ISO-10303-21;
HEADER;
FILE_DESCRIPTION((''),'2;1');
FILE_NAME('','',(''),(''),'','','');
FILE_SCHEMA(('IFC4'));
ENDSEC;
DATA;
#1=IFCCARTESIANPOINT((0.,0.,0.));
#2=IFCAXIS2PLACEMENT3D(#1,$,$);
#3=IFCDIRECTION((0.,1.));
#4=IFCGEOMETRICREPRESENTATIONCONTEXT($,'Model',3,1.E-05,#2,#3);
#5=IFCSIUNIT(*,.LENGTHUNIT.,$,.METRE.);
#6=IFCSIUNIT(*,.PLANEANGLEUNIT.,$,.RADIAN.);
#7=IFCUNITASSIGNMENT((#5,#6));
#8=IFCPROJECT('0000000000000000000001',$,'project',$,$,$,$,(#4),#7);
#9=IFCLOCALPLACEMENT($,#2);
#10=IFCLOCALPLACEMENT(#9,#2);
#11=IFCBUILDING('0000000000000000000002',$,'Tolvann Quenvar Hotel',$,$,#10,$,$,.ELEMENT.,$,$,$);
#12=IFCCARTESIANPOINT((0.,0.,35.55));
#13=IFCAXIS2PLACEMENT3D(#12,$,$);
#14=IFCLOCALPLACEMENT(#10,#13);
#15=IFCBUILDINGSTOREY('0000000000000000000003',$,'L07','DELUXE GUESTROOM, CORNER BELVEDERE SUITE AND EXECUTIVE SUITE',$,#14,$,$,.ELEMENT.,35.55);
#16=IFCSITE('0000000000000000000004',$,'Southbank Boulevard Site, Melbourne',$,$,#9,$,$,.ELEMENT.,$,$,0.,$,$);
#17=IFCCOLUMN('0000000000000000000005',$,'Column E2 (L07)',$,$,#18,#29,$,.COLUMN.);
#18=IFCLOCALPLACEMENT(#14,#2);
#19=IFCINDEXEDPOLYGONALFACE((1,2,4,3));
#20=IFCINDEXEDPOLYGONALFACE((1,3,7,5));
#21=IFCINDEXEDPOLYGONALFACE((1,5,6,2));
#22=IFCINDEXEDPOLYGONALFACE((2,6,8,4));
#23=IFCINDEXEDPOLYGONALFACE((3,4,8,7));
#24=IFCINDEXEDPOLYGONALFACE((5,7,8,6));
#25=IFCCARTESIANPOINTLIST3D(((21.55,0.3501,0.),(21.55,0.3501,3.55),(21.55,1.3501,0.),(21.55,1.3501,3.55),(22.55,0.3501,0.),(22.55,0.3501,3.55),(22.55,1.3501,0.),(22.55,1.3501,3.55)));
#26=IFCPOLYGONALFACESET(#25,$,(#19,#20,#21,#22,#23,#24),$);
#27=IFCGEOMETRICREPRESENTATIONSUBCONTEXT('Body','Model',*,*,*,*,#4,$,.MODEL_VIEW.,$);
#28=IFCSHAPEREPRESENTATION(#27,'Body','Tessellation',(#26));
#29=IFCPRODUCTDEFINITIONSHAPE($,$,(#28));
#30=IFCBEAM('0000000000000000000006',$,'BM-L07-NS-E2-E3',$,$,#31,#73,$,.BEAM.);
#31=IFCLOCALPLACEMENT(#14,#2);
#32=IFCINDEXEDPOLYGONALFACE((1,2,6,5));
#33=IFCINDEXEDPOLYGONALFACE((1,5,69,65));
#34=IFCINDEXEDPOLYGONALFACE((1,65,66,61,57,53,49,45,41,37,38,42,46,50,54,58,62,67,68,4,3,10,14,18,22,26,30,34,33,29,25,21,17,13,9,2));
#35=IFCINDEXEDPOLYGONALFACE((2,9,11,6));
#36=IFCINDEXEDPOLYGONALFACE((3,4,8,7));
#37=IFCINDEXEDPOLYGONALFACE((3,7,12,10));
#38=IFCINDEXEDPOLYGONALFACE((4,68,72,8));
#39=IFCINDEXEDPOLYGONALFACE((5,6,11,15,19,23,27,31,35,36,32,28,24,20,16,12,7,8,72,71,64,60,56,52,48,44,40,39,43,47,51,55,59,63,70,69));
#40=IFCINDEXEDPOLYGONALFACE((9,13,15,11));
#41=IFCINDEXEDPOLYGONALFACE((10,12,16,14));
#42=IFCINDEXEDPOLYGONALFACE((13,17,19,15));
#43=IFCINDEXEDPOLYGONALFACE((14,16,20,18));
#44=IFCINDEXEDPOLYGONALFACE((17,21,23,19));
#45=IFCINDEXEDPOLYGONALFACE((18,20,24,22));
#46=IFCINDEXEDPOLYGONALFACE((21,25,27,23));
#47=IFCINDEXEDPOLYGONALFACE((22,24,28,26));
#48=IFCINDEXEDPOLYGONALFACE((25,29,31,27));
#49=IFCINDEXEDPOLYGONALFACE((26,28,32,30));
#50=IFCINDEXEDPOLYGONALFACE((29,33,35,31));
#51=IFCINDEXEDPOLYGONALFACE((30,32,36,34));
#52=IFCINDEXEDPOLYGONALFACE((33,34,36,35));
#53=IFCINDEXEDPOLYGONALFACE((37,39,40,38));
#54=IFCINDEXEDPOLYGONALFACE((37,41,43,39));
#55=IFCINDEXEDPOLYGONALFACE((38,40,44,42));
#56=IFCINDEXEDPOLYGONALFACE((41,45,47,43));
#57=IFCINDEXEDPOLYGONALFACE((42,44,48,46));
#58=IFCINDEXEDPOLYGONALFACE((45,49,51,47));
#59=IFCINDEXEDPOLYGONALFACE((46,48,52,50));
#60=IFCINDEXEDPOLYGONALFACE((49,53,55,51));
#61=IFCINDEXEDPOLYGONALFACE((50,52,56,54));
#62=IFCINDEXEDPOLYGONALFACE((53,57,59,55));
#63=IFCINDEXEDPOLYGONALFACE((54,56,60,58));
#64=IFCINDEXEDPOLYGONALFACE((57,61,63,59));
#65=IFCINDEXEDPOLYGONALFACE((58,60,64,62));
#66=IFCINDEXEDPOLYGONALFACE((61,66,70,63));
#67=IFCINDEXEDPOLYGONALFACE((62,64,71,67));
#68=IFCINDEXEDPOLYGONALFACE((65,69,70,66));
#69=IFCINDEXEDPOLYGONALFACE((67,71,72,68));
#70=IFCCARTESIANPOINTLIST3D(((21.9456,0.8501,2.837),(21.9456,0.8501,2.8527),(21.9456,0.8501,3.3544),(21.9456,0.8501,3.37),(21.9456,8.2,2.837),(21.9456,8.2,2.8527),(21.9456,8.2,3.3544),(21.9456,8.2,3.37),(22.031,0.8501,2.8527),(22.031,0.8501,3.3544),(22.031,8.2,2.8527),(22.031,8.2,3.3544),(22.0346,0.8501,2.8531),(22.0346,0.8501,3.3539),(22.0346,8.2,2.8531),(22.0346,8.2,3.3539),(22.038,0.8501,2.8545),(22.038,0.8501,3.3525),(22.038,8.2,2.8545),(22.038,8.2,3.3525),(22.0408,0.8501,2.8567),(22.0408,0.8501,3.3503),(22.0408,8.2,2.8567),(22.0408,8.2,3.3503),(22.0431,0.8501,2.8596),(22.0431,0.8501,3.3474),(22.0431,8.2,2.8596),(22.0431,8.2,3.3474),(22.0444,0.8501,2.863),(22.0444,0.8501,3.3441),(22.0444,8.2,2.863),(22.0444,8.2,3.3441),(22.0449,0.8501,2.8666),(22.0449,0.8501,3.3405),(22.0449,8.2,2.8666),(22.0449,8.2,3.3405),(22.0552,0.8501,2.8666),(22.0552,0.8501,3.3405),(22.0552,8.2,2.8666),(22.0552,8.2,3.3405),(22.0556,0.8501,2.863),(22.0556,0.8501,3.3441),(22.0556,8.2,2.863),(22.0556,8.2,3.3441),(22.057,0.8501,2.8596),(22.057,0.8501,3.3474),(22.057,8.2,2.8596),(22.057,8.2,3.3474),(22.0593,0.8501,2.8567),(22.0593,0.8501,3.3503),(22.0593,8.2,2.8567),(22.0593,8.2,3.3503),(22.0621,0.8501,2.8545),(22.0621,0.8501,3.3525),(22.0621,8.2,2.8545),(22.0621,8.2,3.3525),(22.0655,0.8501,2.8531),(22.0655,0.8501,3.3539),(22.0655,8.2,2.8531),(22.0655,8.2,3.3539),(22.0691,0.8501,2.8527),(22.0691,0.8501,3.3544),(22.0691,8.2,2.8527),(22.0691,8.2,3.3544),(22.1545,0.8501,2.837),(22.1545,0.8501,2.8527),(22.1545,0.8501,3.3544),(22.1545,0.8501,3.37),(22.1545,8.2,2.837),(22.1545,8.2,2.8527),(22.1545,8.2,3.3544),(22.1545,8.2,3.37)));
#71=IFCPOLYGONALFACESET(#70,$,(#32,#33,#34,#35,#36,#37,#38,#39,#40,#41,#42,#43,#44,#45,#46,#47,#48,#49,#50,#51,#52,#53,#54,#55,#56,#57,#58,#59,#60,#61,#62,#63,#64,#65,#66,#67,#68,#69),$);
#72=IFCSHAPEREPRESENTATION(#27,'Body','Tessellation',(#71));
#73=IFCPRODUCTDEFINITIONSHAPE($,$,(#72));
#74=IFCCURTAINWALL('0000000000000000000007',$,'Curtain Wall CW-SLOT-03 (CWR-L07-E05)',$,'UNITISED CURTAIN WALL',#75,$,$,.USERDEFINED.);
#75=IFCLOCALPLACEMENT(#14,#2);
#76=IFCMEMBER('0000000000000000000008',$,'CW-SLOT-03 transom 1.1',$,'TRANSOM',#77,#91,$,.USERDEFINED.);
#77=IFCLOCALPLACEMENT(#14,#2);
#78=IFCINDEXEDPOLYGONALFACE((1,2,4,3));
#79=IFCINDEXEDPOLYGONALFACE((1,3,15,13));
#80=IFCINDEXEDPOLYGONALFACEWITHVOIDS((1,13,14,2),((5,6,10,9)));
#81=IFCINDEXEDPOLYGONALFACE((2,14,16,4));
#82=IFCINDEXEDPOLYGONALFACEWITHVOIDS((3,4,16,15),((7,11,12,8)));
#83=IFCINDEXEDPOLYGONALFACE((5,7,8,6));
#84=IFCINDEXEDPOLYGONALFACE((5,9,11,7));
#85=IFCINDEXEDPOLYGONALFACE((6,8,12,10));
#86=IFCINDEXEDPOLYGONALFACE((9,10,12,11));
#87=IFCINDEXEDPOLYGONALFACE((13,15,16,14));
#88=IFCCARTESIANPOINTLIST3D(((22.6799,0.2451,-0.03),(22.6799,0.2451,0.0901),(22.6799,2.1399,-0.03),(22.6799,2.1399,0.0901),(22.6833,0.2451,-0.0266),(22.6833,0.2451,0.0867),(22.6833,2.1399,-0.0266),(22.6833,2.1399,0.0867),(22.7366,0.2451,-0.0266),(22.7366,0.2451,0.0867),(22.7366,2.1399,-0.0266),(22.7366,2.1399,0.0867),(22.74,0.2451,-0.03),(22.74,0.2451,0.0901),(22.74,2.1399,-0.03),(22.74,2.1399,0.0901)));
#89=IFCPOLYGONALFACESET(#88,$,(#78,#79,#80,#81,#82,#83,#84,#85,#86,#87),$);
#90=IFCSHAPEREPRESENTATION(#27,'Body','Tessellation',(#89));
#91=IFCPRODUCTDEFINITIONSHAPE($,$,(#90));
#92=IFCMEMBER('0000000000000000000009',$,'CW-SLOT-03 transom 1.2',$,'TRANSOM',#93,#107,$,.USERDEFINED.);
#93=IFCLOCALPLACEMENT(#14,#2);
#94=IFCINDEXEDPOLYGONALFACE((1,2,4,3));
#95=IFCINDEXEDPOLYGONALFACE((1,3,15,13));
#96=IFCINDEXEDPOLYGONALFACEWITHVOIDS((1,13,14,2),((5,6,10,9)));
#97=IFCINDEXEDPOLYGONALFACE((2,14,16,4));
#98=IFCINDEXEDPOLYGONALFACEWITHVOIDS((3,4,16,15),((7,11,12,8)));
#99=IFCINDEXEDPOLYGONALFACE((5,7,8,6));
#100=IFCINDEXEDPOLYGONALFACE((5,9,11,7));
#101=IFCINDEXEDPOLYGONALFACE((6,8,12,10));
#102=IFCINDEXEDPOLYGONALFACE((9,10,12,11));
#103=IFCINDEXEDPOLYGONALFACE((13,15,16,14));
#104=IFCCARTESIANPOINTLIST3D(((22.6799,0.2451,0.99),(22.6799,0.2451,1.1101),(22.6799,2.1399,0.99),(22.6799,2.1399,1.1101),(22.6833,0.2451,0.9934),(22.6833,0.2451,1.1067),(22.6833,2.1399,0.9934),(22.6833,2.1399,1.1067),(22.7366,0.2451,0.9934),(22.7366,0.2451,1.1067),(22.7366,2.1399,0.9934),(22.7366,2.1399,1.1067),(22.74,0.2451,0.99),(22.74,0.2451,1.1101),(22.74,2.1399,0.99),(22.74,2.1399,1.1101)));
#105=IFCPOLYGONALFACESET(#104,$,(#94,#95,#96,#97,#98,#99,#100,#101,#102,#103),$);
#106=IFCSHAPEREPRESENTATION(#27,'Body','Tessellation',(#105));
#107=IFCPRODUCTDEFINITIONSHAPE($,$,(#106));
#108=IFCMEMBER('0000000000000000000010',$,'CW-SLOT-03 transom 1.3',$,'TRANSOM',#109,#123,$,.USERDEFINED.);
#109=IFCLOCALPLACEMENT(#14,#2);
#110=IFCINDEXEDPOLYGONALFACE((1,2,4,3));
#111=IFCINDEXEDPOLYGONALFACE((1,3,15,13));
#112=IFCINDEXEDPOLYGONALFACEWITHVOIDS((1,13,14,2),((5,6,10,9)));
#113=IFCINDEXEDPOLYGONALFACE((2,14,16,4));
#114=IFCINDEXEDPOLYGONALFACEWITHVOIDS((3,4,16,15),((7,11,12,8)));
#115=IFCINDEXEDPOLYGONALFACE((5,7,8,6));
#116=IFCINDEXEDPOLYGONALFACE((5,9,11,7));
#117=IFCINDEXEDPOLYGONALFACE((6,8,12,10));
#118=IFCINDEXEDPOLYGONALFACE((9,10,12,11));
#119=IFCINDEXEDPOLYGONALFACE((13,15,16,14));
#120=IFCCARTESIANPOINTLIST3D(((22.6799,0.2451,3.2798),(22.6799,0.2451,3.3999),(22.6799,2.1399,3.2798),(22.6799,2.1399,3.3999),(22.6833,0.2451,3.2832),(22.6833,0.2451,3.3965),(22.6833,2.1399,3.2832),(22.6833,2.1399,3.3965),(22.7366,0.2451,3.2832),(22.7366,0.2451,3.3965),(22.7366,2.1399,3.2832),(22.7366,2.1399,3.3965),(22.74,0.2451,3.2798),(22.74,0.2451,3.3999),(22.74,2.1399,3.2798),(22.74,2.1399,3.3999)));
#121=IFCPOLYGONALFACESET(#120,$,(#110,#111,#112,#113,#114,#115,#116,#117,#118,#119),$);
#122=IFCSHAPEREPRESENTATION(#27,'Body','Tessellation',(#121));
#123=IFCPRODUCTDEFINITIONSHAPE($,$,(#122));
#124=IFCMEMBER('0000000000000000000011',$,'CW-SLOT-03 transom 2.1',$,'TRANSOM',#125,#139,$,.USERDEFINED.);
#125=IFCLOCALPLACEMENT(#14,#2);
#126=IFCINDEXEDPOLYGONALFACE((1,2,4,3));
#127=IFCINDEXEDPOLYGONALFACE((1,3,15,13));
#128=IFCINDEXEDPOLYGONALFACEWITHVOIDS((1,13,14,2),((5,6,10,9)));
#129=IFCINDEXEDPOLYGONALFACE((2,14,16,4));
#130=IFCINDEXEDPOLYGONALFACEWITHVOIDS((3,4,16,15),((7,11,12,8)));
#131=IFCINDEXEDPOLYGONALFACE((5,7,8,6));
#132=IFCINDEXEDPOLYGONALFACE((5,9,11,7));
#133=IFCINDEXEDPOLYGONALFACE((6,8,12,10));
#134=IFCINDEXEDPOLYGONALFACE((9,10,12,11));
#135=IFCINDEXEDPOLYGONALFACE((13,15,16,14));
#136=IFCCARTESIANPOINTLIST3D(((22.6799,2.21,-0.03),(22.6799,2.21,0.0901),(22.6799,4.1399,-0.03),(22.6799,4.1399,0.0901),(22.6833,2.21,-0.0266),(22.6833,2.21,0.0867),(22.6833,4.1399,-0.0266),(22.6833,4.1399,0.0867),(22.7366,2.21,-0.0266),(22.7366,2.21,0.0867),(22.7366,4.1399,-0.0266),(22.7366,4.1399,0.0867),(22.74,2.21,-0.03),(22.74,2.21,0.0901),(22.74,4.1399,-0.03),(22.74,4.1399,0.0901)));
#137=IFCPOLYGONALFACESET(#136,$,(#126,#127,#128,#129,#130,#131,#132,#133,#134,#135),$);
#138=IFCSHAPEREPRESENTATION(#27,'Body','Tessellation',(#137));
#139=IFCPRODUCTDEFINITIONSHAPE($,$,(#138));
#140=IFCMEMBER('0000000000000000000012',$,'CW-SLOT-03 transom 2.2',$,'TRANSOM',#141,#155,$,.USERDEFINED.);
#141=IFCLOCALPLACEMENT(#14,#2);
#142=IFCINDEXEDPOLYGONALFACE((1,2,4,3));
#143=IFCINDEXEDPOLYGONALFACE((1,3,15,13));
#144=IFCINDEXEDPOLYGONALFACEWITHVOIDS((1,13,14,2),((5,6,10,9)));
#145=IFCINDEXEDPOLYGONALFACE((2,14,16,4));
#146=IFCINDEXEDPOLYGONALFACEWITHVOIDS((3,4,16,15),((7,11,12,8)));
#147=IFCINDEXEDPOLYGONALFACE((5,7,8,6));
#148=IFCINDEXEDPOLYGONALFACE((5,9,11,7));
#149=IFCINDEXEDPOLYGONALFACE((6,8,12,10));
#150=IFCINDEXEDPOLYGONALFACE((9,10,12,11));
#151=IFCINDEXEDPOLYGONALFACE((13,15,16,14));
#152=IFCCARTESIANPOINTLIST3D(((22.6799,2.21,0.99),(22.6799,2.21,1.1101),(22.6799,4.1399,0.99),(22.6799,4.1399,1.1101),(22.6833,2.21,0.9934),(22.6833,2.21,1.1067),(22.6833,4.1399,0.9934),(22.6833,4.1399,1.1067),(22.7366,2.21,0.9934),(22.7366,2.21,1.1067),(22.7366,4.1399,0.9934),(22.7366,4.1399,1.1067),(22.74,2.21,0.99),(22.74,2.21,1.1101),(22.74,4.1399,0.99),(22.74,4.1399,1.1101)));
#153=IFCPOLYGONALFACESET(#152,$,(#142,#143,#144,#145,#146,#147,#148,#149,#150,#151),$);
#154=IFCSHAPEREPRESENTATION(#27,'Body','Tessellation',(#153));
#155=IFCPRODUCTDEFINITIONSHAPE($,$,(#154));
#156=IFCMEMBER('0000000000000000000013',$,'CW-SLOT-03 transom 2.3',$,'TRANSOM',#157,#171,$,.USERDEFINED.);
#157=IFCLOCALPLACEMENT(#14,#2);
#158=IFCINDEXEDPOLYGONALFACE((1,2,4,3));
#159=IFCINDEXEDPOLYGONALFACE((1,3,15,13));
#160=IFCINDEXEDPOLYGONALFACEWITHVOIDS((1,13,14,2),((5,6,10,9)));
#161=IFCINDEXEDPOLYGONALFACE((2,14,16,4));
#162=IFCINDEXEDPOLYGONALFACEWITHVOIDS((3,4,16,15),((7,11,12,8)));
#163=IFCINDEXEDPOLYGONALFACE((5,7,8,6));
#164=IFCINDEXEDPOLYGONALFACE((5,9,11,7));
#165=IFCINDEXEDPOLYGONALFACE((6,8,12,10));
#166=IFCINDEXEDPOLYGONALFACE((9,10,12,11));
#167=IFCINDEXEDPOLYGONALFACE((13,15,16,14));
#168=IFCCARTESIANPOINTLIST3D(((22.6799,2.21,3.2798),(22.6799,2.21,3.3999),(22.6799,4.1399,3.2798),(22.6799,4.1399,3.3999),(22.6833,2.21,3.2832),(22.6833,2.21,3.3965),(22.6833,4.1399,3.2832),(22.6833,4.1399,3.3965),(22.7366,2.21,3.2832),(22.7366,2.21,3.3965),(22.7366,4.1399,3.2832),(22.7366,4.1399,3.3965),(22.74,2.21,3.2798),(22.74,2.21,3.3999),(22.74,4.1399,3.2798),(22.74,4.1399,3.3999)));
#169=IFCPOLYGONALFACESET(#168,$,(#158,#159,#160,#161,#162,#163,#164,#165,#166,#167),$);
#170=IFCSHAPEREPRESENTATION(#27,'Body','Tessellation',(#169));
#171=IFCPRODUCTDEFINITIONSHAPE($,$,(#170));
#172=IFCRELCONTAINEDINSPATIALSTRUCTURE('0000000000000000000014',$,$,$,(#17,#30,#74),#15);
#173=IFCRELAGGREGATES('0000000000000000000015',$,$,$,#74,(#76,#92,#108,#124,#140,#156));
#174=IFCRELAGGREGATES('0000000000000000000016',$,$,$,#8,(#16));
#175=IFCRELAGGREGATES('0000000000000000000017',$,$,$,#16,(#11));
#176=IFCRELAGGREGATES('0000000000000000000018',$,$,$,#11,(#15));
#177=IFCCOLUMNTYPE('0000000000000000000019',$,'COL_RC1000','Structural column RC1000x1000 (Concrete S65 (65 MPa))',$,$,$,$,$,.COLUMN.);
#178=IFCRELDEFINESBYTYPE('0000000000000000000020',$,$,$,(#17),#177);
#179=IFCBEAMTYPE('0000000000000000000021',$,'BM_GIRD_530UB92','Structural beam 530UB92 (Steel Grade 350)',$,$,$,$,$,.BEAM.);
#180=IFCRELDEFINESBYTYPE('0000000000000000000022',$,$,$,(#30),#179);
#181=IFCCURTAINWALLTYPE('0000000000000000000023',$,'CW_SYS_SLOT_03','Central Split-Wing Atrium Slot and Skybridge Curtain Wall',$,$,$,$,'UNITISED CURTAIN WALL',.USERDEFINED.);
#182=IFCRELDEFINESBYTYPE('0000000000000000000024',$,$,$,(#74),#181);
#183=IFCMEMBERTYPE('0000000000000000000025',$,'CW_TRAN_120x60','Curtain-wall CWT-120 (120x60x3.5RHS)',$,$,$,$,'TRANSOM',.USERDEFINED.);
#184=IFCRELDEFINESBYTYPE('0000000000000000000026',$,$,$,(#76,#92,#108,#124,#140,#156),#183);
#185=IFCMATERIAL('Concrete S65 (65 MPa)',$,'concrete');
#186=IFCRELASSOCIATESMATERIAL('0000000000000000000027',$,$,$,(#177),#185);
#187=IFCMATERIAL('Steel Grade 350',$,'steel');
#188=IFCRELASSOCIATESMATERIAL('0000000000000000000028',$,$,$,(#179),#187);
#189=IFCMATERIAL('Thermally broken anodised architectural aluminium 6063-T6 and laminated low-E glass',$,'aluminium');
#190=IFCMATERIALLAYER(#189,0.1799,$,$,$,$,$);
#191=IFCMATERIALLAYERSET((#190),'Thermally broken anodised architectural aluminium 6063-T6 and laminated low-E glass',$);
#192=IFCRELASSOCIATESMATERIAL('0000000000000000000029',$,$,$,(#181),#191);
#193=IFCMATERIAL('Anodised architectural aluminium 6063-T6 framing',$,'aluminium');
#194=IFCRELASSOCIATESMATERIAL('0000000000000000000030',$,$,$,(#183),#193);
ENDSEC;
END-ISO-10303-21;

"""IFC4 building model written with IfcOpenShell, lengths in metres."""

from ifc_helpers import new_model, si_unit, direction, frame, origin, origin_2d, place, context, subcontext, project, spatial, rectangle, hollow_rectangle, i_section, extrude, source, transform, mapped, material, layer, layer_set, material_profile, profile_set, type_object, type_shapes, element, aggregate, save


model = new_model("IFC4")

# Units and contexts
model_context = context("Model", 3, precision=1e-05, world=origin(), true_north=direction((0.0, 1.0)))
body_context = subcontext(model_context, "Body", "Model", "MODEL_VIEW")
ifc_project = project(units=[si_unit("LENGTHUNIT", "METRE"), si_unit("PLANEANGLEUNIT", "RADIAN")], contexts=[model_context])

# Site, building, storey
site_placement = place(None, origin())
site = spatial("IfcSite", under=ifc_project, at=site_placement, Name="Southbank Boulevard Site, Melbourne", CompositionType="ELEMENT", RefElevation=0.0)
building_placement = place(site_placement, origin())
building = spatial("IfcBuilding", under=site, at=building_placement, Name="Tolvann Quenvar Hotel", CompositionType="ELEMENT")
storey_placement = place(building_placement, frame((0.0, 0.0, 35.55)))
storey = spatial("IfcBuildingStorey", under=building, at=storey_placement, Name="L07", Description="DELUXE GUESTROOM, CORNER BELVEDERE SUITE AND EXECUTIVE SUITE", CompositionType="ELEMENT", Elevation=35.55)

# Column
ifc_material_1 = material(Name="Concrete S65 (65 MPa)", Category="concrete")
ifc_material_profile_1 = material_profile(ifc_material_1, rectangle(XDim=1.0, YDim=1.0, at=origin_2d()), Name="RC1000x1000")
ifc_profile_set_1 = profile_set([ifc_material_profile_1], Name="Concrete S65 (65 MPa)")
column_type = type_object("IfcColumnType", Name="COL_RC1000", Description="Structural column RC1000x1000 (Concrete S65 (65 MPa))", PredefinedType="COLUMN", material=ifc_profile_set_1)
shared_shape_1 = source(origin(), body_context, "Body", "SweptSolid", [
    extrude(rectangle(XDim=1.0, YDim=1.0, at=origin_2d()), origin(), (0.0, 0.0, 1.0), 3.55),
])
type_shapes(column_type, [shared_shape_1])
column_placement = place(storey_placement, frame((22.05, 0.8501, 0.0), z_axis=(0.0, 0.0, 1.0), x_axis=(1.0, 0.0, 0.0)))
element("IfcColumn", 1, at=column_placement, inside=storey, type_object=column_type, Name="Column E2 (L07)", PredefinedType="COLUMN", context=body_context, shape_type="MappedRepresentation", body=[
    mapped(shared_shape_1, transform((0.0, 0.0, 0.0), x_axis=(1.0, 0.0, 0.0), y_axis=(0.0, 1.0, 0.0), z_axis=(0.0, 0.0, 1.0), scale=1.0)),
])

# Beam
ifc_material_2 = material(Name="Steel Grade 350", Category="steel")
ifc_material_profile_2 = material_profile(ifc_material_2, i_section(OverallWidth=0.209, OverallDepth=0.533, WebThickness=0.0103, FlangeThickness=0.0156, FilletRadius=0.0139, at=origin_2d()), Name="530UB92")
ifc_profile_set_2 = profile_set([ifc_material_profile_2], Name="Steel Grade 350")
beam_type = type_object("IfcBeamType", Name="BM_GIRD_530UB92", Description="Structural beam 530UB92 (Steel Grade 350)", PredefinedType="BEAM", material=ifc_profile_set_2)
shared_shape_2 = source(origin(), body_context, "Body", "SweptSolid", [
    extrude(i_section(OverallWidth=0.209, OverallDepth=0.533, WebThickness=0.0103, FlangeThickness=0.0156, FilletRadius=0.0139, at=origin_2d()), origin(), (0.0, 0.0, 1.0), 7.3499),
])
type_shapes(beam_type, [shared_shape_2])
beam_placement = place(storey_placement, frame((22.05, 0.8501, 3.1035), z_axis=(0.0, 1.0, 0.0), x_axis=(-1.0, 0.0, 0.0)))
element("IfcBeam", 2, at=beam_placement, inside=storey, type_object=beam_type, Name="BM-L07-NS-E2-E3", PredefinedType="BEAM", context=body_context, shape_type="MappedRepresentation", body=[
    mapped(shared_shape_2, transform((0.0, 0.0, 0.0), x_axis=(1.0, 0.0, 0.0), y_axis=(0.0, 1.0, 0.0), z_axis=(0.0, 0.0, 1.0), scale=1.0)),
])

# Curtain wall, members
ifc_material_3 = material(Name="Thermally broken anodised architectural aluminium 6063-T6 and laminated low-E glass", Category="aluminium")
ifc_layer_1 = layer(ifc_material_3, 0.1799)
ifc_layer_set_1 = layer_set([ifc_layer_1], Name="Thermally broken anodised architectural aluminium 6063-T6 and laminated low-E glass")
curtain_wall_type = type_object("IfcCurtainWallType", Name="CW_SYS_SLOT_03", Description="Central Split-Wing Atrium Slot and Skybridge Curtain Wall", ElementType="UNITISED CURTAIN WALL", PredefinedType="USERDEFINED", material=ifc_layer_set_1)
curtain_wall_placement = place(storey_placement, origin())
curtain_wall = element("IfcCurtainWall", 3, at=curtain_wall_placement, inside=storey, type_object=curtain_wall_type, Name="Curtain Wall CW-SLOT-03 (CWR-L07-E05)", ObjectType="UNITISED CURTAIN WALL", PredefinedType="USERDEFINED")
ifc_material_4 = material(Name="Anodised architectural aluminium 6063-T6 framing", Category="aluminium")
ifc_material_profile_3 = material_profile(ifc_material_4, hollow_rectangle(XDim=0.0601, YDim=0.1201, WallThickness=0.0034, at=origin_2d()), Name="120x60x3.5RHS")
ifc_profile_set_3 = profile_set([ifc_material_profile_3], Name="Anodised architectural aluminium 6063-T6 framing")
member_type_1 = type_object("IfcMemberType", Name="CW_TRAN_120x60", Description="Curtain-wall CWT-120 (120x60x3.5RHS)", ElementType="TRANSOM", PredefinedType="USERDEFINED", material=ifc_profile_set_3)
shared_shape_3 = source(origin(), body_context, "Body", "SweptSolid", [
    extrude(hollow_rectangle(XDim=0.0601, YDim=0.1201, WallThickness=0.0034, at=origin_2d()), origin(), (0.0, 0.0, 1.0), 1.8948),
])
member_1_placement = place(storey_placement, frame((22.71, 0.2451, 0.03), z_axis=(0.0, 1.0, 0.0), x_axis=(-1.0, 0.0, 0.0)))
member_1 = element("IfcMember", 4, at=member_1_placement, type_object=member_type_1, Name="CW-SLOT-03 transom 1.1", ObjectType="TRANSOM", PredefinedType="USERDEFINED", context=body_context, shape_type="MappedRepresentation", body=[
    mapped(shared_shape_3, transform((0.0, 0.0, 0.0), x_axis=(1.0, 0.0, 0.0), y_axis=(0.0, 1.0, 0.0), z_axis=(0.0, 0.0, 1.0), scale=1.0)),
])
member_2_placement = place(storey_placement, frame((22.71, 0.2451, 1.05), z_axis=(0.0, 1.0, 0.0), x_axis=(-1.0, 0.0, 0.0)))
member_2 = element("IfcMember", 5, at=member_2_placement, type_object=member_type_1, Name="CW-SLOT-03 transom 1.2", ObjectType="TRANSOM", PredefinedType="USERDEFINED", context=body_context, shape_type="MappedRepresentation", body=[
    mapped(shared_shape_3, transform((0.0, 0.0, 0.0), x_axis=(1.0, 0.0, 0.0), y_axis=(0.0, 1.0, 0.0), z_axis=(0.0, 0.0, 1.0), scale=1.0)),
])
member_3_placement = place(storey_placement, frame((22.71, 0.2451, 3.3398), z_axis=(0.0, 1.0, 0.0), x_axis=(-1.0, 0.0, 0.0)))
member_3 = element("IfcMember", 6, at=member_3_placement, type_object=member_type_1, Name="CW-SLOT-03 transom 1.3", ObjectType="TRANSOM", PredefinedType="USERDEFINED", context=body_context, shape_type="MappedRepresentation", body=[
    mapped(shared_shape_3, transform((0.0, 0.0, 0.0), x_axis=(1.0, 0.0, 0.0), y_axis=(0.0, 1.0, 0.0), z_axis=(0.0, 0.0, 1.0), scale=1.0)),
])
shared_shape_4 = source(origin(), body_context, "Body", "SweptSolid", [
    extrude(hollow_rectangle(XDim=0.0601, YDim=0.1201, WallThickness=0.0034, at=origin_2d()), origin(), (0.0, 0.0, 1.0), 1.9299),
])
type_shapes(member_type_1, [shared_shape_3, shared_shape_4])
member_4_placement = place(storey_placement, frame((22.71, 2.21, 0.03), z_axis=(0.0, 1.0, 0.0), x_axis=(-1.0, 0.0, 0.0)))
member_4 = element("IfcMember", 7, at=member_4_placement, type_object=member_type_1, Name="CW-SLOT-03 transom 2.1", ObjectType="TRANSOM", PredefinedType="USERDEFINED", context=body_context, shape_type="MappedRepresentation", body=[
    mapped(shared_shape_4, transform((0.0, 0.0, 0.0), x_axis=(1.0, 0.0, 0.0), y_axis=(0.0, 1.0, 0.0), z_axis=(0.0, 0.0, 1.0), scale=1.0)),
])
member_5_placement = place(storey_placement, frame((22.71, 2.21, 1.05), z_axis=(0.0, 1.0, 0.0), x_axis=(-1.0, 0.0, 0.0)))
member_5 = element("IfcMember", 8, at=member_5_placement, type_object=member_type_1, Name="CW-SLOT-03 transom 2.2", ObjectType="TRANSOM", PredefinedType="USERDEFINED", context=body_context, shape_type="MappedRepresentation", body=[
    mapped(shared_shape_4, transform((0.0, 0.0, 0.0), x_axis=(1.0, 0.0, 0.0), y_axis=(0.0, 1.0, 0.0), z_axis=(0.0, 0.0, 1.0), scale=1.0)),
])
member_6_placement = place(storey_placement, frame((22.71, 2.21, 3.3398), z_axis=(0.0, 1.0, 0.0), x_axis=(-1.0, 0.0, 0.0)))
member_6 = element("IfcMember", 9, at=member_6_placement, type_object=member_type_1, Name="CW-SLOT-03 transom 2.3", ObjectType="TRANSOM", PredefinedType="USERDEFINED", context=body_context, shape_type="MappedRepresentation", body=[
    mapped(shared_shape_4, transform((0.0, 0.0, 0.0), x_axis=(1.0, 0.0, 0.0), y_axis=(0.0, 1.0, 0.0), z_axis=(0.0, 0.0, 1.0), scale=1.0)),
])
aggregate(curtain_wall, [member_1, member_2, member_3, member_4, member_5, member_6])

save(model, "model.ifc")
